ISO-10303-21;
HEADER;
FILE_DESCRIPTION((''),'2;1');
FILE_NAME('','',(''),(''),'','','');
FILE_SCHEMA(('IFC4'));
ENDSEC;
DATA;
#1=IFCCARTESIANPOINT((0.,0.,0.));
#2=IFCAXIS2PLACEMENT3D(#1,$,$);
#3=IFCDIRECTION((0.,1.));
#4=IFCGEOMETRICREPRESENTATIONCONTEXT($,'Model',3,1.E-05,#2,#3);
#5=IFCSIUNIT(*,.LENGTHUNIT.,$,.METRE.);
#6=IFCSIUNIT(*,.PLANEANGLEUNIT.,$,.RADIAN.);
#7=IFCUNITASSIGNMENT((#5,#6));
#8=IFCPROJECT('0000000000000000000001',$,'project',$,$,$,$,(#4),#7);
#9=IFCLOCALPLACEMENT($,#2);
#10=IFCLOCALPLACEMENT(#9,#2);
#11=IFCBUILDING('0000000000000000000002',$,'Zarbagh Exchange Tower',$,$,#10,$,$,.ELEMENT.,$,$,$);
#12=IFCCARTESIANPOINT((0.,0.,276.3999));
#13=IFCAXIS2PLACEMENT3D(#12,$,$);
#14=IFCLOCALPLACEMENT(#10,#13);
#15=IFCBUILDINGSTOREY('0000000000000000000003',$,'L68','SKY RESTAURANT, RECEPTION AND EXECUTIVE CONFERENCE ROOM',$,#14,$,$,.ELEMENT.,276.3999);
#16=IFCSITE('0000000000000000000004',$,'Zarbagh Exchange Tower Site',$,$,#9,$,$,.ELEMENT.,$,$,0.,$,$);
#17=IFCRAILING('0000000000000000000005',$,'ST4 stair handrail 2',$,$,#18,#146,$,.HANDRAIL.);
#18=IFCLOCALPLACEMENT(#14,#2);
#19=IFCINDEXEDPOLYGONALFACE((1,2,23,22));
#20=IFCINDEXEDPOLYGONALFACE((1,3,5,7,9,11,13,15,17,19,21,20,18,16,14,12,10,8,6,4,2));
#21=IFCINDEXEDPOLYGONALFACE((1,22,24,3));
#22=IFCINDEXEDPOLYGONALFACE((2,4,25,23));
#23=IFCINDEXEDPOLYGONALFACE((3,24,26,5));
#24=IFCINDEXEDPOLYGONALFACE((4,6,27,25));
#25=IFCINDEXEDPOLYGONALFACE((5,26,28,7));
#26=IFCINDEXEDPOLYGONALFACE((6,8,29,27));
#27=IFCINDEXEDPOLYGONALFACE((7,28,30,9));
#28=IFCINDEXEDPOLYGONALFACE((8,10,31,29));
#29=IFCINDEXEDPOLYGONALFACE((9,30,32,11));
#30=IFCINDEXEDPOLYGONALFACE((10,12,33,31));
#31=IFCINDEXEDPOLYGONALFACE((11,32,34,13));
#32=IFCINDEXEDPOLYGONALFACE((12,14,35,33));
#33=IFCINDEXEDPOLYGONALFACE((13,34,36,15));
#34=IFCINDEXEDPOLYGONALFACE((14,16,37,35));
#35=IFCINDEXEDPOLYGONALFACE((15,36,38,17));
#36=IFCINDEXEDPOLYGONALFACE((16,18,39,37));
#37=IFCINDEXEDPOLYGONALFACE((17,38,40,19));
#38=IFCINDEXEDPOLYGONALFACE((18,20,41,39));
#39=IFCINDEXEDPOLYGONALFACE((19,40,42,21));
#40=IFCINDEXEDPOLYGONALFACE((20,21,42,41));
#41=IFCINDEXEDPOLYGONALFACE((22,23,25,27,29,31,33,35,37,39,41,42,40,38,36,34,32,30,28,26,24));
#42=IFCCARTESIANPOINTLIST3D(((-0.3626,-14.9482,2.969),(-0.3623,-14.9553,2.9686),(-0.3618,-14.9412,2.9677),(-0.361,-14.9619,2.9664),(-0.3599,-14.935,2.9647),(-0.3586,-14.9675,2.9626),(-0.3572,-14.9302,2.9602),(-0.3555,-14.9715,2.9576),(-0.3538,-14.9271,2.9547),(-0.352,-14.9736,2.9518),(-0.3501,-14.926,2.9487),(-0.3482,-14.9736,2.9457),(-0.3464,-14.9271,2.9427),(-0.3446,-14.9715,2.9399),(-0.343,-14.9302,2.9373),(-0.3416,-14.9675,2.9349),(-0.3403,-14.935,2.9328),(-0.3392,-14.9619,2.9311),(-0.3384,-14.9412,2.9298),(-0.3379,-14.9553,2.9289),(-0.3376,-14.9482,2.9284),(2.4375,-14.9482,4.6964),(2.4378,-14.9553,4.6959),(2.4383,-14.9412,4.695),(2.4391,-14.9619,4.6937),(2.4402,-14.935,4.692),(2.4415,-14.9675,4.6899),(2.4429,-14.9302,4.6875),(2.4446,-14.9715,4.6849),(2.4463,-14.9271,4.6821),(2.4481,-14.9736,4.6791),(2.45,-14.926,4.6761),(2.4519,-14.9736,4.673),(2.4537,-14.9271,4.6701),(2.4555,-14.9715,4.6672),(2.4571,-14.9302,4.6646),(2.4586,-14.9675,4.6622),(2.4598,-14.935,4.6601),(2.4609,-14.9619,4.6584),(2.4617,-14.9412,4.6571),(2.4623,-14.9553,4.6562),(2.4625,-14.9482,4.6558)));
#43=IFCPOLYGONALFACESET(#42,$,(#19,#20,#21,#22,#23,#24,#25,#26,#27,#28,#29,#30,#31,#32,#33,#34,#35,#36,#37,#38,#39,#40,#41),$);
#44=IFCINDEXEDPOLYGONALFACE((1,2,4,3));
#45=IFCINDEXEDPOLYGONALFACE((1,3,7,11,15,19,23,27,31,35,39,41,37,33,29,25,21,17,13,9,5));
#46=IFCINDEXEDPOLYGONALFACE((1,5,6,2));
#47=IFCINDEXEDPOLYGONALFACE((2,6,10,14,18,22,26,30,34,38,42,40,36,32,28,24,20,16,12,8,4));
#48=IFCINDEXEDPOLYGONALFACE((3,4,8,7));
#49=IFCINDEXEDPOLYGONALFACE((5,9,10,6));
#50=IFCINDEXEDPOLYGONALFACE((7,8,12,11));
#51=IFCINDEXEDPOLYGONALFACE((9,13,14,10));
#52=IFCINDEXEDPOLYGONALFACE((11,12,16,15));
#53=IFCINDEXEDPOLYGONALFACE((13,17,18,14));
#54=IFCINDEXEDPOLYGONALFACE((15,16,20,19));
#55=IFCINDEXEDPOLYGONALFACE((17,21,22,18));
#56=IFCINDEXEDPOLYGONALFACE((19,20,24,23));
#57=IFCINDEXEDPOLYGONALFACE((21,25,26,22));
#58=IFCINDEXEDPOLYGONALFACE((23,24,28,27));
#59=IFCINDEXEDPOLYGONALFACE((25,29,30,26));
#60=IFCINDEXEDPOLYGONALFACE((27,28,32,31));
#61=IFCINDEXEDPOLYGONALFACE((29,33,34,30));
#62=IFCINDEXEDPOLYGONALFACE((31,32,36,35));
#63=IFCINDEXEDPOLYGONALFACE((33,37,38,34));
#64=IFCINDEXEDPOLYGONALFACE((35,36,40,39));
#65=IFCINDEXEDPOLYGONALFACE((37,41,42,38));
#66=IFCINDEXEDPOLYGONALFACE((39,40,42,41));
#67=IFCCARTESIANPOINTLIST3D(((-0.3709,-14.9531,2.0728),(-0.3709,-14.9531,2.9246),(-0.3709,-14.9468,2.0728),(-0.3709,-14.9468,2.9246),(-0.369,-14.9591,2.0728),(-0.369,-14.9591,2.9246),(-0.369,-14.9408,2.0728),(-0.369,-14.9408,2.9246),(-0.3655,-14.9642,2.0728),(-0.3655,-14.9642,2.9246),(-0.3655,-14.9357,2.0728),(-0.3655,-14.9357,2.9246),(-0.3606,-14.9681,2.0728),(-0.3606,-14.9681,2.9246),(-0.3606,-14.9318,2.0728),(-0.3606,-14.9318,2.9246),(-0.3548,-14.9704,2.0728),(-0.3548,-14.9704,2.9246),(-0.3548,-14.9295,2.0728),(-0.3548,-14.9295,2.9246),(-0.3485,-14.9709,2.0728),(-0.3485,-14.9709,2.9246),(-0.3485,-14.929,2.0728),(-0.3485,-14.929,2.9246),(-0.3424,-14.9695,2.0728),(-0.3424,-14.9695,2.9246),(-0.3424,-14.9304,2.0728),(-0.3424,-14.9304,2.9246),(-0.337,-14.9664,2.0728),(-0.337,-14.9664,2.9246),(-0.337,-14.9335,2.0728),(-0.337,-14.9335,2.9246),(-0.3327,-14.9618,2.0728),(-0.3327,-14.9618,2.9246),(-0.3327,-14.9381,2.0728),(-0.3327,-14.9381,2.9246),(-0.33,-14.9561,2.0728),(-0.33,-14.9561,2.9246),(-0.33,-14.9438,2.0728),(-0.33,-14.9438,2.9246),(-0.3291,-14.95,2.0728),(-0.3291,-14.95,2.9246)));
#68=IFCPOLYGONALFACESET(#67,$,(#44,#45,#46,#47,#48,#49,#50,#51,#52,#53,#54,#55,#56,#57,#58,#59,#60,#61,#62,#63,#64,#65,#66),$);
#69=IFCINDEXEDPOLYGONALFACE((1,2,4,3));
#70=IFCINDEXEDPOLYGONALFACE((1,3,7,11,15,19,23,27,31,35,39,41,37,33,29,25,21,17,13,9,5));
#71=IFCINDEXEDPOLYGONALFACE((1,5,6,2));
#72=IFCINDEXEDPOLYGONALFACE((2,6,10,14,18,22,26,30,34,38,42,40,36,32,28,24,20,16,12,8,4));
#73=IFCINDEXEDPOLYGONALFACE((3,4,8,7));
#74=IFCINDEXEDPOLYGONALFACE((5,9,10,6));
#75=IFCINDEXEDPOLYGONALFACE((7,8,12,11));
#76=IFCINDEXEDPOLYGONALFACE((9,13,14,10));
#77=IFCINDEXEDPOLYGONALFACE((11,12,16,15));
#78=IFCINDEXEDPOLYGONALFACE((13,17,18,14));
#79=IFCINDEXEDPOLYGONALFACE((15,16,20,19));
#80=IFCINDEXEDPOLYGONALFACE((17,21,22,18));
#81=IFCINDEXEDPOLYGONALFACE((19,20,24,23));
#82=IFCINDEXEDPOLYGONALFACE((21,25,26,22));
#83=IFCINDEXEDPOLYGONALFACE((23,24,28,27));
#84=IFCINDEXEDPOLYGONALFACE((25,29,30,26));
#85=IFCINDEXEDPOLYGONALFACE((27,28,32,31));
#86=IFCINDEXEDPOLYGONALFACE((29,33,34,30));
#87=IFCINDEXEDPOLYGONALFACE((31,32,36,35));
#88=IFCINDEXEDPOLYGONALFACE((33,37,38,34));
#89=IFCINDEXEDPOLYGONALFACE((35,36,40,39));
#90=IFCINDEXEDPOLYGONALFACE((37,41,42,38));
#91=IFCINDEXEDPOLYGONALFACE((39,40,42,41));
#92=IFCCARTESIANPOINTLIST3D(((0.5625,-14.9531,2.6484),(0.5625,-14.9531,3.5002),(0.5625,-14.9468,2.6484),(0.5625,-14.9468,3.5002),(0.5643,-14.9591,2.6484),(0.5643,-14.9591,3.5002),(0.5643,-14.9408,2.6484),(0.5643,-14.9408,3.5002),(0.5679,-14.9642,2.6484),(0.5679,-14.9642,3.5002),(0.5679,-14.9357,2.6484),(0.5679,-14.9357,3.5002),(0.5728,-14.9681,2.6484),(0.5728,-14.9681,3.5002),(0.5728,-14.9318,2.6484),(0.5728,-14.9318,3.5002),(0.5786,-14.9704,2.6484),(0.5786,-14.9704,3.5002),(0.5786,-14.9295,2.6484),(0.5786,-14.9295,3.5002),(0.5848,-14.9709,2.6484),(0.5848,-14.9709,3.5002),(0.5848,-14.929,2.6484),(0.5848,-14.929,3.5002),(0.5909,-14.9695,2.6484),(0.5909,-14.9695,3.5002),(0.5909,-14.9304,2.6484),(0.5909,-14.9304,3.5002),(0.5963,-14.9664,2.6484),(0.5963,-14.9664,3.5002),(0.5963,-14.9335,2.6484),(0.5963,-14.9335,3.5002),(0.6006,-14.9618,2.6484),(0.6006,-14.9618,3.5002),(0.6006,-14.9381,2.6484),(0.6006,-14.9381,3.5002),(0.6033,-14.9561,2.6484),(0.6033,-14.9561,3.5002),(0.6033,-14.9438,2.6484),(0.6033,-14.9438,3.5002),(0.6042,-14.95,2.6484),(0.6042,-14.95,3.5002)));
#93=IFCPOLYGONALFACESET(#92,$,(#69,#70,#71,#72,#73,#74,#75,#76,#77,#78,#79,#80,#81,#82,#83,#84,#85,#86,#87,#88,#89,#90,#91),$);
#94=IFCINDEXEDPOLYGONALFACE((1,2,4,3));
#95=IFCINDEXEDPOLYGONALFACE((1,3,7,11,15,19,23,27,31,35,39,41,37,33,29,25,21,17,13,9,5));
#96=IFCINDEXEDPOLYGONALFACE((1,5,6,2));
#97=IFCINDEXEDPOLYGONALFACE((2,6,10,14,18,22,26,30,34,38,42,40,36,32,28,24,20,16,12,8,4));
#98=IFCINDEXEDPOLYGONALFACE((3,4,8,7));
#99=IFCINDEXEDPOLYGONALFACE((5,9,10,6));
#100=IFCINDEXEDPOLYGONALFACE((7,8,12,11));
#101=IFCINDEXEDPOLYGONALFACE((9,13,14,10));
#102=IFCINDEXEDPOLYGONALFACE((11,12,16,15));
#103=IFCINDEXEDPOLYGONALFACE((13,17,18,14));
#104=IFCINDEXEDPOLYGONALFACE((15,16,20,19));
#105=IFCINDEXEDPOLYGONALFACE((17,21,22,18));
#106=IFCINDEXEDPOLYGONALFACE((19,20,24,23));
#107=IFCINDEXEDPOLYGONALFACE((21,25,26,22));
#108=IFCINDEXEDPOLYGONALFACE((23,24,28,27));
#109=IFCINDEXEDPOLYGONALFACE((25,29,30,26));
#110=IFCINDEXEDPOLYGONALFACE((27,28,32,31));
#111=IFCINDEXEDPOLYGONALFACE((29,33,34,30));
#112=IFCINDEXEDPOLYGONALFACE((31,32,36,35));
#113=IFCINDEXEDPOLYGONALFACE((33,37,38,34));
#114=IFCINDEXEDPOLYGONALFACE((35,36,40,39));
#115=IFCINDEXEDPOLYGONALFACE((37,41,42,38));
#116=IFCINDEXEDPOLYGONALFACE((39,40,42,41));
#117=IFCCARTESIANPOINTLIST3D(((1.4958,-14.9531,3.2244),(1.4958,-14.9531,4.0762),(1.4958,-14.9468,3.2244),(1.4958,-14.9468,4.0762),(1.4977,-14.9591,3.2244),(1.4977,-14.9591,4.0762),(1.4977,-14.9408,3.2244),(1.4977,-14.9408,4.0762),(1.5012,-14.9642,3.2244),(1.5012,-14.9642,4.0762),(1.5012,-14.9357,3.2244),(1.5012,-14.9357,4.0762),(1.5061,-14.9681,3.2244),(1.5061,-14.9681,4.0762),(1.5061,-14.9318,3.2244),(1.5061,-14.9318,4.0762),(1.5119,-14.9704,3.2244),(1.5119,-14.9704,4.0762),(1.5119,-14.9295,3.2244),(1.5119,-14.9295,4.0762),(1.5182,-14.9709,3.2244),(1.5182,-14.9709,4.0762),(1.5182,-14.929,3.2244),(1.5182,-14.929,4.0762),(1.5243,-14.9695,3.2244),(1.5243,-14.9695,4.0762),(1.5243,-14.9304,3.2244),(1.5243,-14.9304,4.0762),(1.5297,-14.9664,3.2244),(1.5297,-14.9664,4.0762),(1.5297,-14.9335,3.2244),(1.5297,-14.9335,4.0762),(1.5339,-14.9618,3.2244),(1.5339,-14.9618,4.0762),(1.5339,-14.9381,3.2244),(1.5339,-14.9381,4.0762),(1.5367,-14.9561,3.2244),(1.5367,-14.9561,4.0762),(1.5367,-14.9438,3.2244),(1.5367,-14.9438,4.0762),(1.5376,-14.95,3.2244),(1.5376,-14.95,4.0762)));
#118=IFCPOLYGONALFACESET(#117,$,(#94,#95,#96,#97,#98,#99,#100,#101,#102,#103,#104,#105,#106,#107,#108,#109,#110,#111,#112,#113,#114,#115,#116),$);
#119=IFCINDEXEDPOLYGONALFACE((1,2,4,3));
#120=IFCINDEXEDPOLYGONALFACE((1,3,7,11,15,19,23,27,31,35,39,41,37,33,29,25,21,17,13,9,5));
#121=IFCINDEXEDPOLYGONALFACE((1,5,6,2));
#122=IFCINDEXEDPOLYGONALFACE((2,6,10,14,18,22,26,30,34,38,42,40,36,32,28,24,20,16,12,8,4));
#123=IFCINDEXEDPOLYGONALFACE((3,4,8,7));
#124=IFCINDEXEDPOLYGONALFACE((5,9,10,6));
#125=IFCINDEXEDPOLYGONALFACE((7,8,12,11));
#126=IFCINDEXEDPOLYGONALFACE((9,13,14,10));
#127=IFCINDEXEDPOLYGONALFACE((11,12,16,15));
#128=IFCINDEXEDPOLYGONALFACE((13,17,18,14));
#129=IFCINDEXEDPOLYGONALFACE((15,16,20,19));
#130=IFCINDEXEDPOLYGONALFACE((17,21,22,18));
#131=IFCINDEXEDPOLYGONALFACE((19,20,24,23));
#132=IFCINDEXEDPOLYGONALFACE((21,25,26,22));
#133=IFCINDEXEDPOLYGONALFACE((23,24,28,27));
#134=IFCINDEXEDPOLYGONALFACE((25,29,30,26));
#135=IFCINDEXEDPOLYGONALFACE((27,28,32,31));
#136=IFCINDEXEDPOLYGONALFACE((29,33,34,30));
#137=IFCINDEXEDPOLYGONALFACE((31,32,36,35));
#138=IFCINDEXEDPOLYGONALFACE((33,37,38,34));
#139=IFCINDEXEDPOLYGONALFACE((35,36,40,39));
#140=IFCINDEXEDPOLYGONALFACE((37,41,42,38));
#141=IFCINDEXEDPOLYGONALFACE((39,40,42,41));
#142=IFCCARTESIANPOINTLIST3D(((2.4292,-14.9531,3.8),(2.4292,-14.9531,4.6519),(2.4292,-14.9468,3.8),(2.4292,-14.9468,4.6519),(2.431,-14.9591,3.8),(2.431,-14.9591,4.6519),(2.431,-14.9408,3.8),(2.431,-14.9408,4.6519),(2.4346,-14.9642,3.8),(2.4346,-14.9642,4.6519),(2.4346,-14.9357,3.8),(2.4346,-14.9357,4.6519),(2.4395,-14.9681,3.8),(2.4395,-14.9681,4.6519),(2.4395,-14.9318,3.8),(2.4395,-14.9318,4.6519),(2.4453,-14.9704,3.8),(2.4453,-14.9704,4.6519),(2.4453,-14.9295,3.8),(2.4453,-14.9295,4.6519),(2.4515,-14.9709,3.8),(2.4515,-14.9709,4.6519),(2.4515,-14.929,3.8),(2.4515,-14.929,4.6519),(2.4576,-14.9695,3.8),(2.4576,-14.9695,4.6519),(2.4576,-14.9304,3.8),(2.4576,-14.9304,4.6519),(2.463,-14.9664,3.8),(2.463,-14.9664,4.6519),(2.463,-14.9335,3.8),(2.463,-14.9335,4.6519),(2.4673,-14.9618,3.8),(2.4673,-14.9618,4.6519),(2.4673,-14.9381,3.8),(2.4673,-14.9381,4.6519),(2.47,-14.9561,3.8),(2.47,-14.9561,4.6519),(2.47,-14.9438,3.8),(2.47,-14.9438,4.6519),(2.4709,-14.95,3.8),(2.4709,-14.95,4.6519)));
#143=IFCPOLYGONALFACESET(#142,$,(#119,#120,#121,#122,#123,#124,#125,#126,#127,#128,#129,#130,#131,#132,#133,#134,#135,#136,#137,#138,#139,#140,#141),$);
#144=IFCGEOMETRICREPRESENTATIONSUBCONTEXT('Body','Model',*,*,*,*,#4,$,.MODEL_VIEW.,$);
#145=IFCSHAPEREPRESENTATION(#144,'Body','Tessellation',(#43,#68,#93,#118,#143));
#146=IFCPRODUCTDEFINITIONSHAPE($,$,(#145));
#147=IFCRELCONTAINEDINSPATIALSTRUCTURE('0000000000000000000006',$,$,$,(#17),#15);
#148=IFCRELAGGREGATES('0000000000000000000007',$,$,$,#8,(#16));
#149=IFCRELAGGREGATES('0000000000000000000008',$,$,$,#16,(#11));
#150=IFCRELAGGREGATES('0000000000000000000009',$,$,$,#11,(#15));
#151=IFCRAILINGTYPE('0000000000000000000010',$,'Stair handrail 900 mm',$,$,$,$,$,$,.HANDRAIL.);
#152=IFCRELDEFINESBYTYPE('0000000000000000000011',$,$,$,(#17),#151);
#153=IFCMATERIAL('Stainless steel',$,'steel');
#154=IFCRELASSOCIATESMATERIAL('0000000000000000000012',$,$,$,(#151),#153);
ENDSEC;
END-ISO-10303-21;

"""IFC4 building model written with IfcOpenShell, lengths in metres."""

from ifc_helpers import new_model, si_unit, direction, frame, origin, origin_2d, place, context, subcontext, project, spatial, circle, extrude, material, type_object, element, save


model = new_model("IFC4")

# Units and contexts
model_context = context("Model", 3, precision=1e-05, world=origin(), true_north=direction((0.0, 1.0)))
body_context = subcontext(model_context, "Body", "Model", "MODEL_VIEW")
ifc_project = project(units=[si_unit("LENGTHUNIT", "METRE"), si_unit("PLANEANGLEUNIT", "RADIAN")], contexts=[model_context])

# Site, building, storey
site_placement = place(None, origin())
site = spatial("IfcSite", under=ifc_project, at=site_placement, Name="Zarbagh Exchange Tower Site", CompositionType="ELEMENT", RefElevation=0.0)
building_placement = place(site_placement, origin())
building = spatial("IfcBuilding", under=site, at=building_placement, Name="Zarbagh Exchange Tower", CompositionType="ELEMENT")
storey_placement = place(building_placement, frame((0.0, 0.0, 276.3999)))
storey = spatial("IfcBuildingStorey", under=building, at=storey_placement, Name="L68", Description="SKY RESTAURANT, RECEPTION AND EXECUTIVE CONFERENCE ROOM", CompositionType="ELEMENT", Elevation=276.3999)

# Shared definitions
ifc_material_1 = material(Name="Stainless steel", Category="steel")

# Railing
railing_type_1 = type_object("IfcRailingType", Name="Stair handrail 900 mm", PredefinedType="HANDRAIL", material=ifc_material_1)
railing_1_placement = place(storey_placement, frame((-0.3501, -14.95, 2.0728)))
element("IfcRailing", 1, at=railing_1_placement, inside=storey, type_object=railing_type_1, Name="ST4 stair handrail 2", PredefinedType="HANDRAIL", context=body_context, shape_type="SweptSolid", body=[
    extrude(circle(Radius=0.0239, at=origin_2d()), frame((0.0, 0.0, 0.876), z_axis=(0.85109, 0.0, 0.52502), x_axis=(0.0, 1.0, 0.0)), (0.0, 0.0, 1.0), 3.29),
    extrude(circle(Radius=0.021, at=origin_2d()), origin(), (0.0, 0.0, 1.0), 0.8518),
    extrude(circle(Radius=0.021, at=origin_2d()), frame((0.9333, 0.0, 0.5757)), (0.0, 0.0, 1.0), 0.8518),
    extrude(circle(Radius=0.021, at=origin_2d()), frame((1.8667, 0.0, 1.1516)), (0.0, 0.0, 1.0), 0.8518),
    extrude(circle(Radius=0.021, at=origin_2d()), frame((2.8, 0.0, 1.7273)), (0.0, 0.0, 1.0), 0.8518),
])

save(model, "model.ifc")
